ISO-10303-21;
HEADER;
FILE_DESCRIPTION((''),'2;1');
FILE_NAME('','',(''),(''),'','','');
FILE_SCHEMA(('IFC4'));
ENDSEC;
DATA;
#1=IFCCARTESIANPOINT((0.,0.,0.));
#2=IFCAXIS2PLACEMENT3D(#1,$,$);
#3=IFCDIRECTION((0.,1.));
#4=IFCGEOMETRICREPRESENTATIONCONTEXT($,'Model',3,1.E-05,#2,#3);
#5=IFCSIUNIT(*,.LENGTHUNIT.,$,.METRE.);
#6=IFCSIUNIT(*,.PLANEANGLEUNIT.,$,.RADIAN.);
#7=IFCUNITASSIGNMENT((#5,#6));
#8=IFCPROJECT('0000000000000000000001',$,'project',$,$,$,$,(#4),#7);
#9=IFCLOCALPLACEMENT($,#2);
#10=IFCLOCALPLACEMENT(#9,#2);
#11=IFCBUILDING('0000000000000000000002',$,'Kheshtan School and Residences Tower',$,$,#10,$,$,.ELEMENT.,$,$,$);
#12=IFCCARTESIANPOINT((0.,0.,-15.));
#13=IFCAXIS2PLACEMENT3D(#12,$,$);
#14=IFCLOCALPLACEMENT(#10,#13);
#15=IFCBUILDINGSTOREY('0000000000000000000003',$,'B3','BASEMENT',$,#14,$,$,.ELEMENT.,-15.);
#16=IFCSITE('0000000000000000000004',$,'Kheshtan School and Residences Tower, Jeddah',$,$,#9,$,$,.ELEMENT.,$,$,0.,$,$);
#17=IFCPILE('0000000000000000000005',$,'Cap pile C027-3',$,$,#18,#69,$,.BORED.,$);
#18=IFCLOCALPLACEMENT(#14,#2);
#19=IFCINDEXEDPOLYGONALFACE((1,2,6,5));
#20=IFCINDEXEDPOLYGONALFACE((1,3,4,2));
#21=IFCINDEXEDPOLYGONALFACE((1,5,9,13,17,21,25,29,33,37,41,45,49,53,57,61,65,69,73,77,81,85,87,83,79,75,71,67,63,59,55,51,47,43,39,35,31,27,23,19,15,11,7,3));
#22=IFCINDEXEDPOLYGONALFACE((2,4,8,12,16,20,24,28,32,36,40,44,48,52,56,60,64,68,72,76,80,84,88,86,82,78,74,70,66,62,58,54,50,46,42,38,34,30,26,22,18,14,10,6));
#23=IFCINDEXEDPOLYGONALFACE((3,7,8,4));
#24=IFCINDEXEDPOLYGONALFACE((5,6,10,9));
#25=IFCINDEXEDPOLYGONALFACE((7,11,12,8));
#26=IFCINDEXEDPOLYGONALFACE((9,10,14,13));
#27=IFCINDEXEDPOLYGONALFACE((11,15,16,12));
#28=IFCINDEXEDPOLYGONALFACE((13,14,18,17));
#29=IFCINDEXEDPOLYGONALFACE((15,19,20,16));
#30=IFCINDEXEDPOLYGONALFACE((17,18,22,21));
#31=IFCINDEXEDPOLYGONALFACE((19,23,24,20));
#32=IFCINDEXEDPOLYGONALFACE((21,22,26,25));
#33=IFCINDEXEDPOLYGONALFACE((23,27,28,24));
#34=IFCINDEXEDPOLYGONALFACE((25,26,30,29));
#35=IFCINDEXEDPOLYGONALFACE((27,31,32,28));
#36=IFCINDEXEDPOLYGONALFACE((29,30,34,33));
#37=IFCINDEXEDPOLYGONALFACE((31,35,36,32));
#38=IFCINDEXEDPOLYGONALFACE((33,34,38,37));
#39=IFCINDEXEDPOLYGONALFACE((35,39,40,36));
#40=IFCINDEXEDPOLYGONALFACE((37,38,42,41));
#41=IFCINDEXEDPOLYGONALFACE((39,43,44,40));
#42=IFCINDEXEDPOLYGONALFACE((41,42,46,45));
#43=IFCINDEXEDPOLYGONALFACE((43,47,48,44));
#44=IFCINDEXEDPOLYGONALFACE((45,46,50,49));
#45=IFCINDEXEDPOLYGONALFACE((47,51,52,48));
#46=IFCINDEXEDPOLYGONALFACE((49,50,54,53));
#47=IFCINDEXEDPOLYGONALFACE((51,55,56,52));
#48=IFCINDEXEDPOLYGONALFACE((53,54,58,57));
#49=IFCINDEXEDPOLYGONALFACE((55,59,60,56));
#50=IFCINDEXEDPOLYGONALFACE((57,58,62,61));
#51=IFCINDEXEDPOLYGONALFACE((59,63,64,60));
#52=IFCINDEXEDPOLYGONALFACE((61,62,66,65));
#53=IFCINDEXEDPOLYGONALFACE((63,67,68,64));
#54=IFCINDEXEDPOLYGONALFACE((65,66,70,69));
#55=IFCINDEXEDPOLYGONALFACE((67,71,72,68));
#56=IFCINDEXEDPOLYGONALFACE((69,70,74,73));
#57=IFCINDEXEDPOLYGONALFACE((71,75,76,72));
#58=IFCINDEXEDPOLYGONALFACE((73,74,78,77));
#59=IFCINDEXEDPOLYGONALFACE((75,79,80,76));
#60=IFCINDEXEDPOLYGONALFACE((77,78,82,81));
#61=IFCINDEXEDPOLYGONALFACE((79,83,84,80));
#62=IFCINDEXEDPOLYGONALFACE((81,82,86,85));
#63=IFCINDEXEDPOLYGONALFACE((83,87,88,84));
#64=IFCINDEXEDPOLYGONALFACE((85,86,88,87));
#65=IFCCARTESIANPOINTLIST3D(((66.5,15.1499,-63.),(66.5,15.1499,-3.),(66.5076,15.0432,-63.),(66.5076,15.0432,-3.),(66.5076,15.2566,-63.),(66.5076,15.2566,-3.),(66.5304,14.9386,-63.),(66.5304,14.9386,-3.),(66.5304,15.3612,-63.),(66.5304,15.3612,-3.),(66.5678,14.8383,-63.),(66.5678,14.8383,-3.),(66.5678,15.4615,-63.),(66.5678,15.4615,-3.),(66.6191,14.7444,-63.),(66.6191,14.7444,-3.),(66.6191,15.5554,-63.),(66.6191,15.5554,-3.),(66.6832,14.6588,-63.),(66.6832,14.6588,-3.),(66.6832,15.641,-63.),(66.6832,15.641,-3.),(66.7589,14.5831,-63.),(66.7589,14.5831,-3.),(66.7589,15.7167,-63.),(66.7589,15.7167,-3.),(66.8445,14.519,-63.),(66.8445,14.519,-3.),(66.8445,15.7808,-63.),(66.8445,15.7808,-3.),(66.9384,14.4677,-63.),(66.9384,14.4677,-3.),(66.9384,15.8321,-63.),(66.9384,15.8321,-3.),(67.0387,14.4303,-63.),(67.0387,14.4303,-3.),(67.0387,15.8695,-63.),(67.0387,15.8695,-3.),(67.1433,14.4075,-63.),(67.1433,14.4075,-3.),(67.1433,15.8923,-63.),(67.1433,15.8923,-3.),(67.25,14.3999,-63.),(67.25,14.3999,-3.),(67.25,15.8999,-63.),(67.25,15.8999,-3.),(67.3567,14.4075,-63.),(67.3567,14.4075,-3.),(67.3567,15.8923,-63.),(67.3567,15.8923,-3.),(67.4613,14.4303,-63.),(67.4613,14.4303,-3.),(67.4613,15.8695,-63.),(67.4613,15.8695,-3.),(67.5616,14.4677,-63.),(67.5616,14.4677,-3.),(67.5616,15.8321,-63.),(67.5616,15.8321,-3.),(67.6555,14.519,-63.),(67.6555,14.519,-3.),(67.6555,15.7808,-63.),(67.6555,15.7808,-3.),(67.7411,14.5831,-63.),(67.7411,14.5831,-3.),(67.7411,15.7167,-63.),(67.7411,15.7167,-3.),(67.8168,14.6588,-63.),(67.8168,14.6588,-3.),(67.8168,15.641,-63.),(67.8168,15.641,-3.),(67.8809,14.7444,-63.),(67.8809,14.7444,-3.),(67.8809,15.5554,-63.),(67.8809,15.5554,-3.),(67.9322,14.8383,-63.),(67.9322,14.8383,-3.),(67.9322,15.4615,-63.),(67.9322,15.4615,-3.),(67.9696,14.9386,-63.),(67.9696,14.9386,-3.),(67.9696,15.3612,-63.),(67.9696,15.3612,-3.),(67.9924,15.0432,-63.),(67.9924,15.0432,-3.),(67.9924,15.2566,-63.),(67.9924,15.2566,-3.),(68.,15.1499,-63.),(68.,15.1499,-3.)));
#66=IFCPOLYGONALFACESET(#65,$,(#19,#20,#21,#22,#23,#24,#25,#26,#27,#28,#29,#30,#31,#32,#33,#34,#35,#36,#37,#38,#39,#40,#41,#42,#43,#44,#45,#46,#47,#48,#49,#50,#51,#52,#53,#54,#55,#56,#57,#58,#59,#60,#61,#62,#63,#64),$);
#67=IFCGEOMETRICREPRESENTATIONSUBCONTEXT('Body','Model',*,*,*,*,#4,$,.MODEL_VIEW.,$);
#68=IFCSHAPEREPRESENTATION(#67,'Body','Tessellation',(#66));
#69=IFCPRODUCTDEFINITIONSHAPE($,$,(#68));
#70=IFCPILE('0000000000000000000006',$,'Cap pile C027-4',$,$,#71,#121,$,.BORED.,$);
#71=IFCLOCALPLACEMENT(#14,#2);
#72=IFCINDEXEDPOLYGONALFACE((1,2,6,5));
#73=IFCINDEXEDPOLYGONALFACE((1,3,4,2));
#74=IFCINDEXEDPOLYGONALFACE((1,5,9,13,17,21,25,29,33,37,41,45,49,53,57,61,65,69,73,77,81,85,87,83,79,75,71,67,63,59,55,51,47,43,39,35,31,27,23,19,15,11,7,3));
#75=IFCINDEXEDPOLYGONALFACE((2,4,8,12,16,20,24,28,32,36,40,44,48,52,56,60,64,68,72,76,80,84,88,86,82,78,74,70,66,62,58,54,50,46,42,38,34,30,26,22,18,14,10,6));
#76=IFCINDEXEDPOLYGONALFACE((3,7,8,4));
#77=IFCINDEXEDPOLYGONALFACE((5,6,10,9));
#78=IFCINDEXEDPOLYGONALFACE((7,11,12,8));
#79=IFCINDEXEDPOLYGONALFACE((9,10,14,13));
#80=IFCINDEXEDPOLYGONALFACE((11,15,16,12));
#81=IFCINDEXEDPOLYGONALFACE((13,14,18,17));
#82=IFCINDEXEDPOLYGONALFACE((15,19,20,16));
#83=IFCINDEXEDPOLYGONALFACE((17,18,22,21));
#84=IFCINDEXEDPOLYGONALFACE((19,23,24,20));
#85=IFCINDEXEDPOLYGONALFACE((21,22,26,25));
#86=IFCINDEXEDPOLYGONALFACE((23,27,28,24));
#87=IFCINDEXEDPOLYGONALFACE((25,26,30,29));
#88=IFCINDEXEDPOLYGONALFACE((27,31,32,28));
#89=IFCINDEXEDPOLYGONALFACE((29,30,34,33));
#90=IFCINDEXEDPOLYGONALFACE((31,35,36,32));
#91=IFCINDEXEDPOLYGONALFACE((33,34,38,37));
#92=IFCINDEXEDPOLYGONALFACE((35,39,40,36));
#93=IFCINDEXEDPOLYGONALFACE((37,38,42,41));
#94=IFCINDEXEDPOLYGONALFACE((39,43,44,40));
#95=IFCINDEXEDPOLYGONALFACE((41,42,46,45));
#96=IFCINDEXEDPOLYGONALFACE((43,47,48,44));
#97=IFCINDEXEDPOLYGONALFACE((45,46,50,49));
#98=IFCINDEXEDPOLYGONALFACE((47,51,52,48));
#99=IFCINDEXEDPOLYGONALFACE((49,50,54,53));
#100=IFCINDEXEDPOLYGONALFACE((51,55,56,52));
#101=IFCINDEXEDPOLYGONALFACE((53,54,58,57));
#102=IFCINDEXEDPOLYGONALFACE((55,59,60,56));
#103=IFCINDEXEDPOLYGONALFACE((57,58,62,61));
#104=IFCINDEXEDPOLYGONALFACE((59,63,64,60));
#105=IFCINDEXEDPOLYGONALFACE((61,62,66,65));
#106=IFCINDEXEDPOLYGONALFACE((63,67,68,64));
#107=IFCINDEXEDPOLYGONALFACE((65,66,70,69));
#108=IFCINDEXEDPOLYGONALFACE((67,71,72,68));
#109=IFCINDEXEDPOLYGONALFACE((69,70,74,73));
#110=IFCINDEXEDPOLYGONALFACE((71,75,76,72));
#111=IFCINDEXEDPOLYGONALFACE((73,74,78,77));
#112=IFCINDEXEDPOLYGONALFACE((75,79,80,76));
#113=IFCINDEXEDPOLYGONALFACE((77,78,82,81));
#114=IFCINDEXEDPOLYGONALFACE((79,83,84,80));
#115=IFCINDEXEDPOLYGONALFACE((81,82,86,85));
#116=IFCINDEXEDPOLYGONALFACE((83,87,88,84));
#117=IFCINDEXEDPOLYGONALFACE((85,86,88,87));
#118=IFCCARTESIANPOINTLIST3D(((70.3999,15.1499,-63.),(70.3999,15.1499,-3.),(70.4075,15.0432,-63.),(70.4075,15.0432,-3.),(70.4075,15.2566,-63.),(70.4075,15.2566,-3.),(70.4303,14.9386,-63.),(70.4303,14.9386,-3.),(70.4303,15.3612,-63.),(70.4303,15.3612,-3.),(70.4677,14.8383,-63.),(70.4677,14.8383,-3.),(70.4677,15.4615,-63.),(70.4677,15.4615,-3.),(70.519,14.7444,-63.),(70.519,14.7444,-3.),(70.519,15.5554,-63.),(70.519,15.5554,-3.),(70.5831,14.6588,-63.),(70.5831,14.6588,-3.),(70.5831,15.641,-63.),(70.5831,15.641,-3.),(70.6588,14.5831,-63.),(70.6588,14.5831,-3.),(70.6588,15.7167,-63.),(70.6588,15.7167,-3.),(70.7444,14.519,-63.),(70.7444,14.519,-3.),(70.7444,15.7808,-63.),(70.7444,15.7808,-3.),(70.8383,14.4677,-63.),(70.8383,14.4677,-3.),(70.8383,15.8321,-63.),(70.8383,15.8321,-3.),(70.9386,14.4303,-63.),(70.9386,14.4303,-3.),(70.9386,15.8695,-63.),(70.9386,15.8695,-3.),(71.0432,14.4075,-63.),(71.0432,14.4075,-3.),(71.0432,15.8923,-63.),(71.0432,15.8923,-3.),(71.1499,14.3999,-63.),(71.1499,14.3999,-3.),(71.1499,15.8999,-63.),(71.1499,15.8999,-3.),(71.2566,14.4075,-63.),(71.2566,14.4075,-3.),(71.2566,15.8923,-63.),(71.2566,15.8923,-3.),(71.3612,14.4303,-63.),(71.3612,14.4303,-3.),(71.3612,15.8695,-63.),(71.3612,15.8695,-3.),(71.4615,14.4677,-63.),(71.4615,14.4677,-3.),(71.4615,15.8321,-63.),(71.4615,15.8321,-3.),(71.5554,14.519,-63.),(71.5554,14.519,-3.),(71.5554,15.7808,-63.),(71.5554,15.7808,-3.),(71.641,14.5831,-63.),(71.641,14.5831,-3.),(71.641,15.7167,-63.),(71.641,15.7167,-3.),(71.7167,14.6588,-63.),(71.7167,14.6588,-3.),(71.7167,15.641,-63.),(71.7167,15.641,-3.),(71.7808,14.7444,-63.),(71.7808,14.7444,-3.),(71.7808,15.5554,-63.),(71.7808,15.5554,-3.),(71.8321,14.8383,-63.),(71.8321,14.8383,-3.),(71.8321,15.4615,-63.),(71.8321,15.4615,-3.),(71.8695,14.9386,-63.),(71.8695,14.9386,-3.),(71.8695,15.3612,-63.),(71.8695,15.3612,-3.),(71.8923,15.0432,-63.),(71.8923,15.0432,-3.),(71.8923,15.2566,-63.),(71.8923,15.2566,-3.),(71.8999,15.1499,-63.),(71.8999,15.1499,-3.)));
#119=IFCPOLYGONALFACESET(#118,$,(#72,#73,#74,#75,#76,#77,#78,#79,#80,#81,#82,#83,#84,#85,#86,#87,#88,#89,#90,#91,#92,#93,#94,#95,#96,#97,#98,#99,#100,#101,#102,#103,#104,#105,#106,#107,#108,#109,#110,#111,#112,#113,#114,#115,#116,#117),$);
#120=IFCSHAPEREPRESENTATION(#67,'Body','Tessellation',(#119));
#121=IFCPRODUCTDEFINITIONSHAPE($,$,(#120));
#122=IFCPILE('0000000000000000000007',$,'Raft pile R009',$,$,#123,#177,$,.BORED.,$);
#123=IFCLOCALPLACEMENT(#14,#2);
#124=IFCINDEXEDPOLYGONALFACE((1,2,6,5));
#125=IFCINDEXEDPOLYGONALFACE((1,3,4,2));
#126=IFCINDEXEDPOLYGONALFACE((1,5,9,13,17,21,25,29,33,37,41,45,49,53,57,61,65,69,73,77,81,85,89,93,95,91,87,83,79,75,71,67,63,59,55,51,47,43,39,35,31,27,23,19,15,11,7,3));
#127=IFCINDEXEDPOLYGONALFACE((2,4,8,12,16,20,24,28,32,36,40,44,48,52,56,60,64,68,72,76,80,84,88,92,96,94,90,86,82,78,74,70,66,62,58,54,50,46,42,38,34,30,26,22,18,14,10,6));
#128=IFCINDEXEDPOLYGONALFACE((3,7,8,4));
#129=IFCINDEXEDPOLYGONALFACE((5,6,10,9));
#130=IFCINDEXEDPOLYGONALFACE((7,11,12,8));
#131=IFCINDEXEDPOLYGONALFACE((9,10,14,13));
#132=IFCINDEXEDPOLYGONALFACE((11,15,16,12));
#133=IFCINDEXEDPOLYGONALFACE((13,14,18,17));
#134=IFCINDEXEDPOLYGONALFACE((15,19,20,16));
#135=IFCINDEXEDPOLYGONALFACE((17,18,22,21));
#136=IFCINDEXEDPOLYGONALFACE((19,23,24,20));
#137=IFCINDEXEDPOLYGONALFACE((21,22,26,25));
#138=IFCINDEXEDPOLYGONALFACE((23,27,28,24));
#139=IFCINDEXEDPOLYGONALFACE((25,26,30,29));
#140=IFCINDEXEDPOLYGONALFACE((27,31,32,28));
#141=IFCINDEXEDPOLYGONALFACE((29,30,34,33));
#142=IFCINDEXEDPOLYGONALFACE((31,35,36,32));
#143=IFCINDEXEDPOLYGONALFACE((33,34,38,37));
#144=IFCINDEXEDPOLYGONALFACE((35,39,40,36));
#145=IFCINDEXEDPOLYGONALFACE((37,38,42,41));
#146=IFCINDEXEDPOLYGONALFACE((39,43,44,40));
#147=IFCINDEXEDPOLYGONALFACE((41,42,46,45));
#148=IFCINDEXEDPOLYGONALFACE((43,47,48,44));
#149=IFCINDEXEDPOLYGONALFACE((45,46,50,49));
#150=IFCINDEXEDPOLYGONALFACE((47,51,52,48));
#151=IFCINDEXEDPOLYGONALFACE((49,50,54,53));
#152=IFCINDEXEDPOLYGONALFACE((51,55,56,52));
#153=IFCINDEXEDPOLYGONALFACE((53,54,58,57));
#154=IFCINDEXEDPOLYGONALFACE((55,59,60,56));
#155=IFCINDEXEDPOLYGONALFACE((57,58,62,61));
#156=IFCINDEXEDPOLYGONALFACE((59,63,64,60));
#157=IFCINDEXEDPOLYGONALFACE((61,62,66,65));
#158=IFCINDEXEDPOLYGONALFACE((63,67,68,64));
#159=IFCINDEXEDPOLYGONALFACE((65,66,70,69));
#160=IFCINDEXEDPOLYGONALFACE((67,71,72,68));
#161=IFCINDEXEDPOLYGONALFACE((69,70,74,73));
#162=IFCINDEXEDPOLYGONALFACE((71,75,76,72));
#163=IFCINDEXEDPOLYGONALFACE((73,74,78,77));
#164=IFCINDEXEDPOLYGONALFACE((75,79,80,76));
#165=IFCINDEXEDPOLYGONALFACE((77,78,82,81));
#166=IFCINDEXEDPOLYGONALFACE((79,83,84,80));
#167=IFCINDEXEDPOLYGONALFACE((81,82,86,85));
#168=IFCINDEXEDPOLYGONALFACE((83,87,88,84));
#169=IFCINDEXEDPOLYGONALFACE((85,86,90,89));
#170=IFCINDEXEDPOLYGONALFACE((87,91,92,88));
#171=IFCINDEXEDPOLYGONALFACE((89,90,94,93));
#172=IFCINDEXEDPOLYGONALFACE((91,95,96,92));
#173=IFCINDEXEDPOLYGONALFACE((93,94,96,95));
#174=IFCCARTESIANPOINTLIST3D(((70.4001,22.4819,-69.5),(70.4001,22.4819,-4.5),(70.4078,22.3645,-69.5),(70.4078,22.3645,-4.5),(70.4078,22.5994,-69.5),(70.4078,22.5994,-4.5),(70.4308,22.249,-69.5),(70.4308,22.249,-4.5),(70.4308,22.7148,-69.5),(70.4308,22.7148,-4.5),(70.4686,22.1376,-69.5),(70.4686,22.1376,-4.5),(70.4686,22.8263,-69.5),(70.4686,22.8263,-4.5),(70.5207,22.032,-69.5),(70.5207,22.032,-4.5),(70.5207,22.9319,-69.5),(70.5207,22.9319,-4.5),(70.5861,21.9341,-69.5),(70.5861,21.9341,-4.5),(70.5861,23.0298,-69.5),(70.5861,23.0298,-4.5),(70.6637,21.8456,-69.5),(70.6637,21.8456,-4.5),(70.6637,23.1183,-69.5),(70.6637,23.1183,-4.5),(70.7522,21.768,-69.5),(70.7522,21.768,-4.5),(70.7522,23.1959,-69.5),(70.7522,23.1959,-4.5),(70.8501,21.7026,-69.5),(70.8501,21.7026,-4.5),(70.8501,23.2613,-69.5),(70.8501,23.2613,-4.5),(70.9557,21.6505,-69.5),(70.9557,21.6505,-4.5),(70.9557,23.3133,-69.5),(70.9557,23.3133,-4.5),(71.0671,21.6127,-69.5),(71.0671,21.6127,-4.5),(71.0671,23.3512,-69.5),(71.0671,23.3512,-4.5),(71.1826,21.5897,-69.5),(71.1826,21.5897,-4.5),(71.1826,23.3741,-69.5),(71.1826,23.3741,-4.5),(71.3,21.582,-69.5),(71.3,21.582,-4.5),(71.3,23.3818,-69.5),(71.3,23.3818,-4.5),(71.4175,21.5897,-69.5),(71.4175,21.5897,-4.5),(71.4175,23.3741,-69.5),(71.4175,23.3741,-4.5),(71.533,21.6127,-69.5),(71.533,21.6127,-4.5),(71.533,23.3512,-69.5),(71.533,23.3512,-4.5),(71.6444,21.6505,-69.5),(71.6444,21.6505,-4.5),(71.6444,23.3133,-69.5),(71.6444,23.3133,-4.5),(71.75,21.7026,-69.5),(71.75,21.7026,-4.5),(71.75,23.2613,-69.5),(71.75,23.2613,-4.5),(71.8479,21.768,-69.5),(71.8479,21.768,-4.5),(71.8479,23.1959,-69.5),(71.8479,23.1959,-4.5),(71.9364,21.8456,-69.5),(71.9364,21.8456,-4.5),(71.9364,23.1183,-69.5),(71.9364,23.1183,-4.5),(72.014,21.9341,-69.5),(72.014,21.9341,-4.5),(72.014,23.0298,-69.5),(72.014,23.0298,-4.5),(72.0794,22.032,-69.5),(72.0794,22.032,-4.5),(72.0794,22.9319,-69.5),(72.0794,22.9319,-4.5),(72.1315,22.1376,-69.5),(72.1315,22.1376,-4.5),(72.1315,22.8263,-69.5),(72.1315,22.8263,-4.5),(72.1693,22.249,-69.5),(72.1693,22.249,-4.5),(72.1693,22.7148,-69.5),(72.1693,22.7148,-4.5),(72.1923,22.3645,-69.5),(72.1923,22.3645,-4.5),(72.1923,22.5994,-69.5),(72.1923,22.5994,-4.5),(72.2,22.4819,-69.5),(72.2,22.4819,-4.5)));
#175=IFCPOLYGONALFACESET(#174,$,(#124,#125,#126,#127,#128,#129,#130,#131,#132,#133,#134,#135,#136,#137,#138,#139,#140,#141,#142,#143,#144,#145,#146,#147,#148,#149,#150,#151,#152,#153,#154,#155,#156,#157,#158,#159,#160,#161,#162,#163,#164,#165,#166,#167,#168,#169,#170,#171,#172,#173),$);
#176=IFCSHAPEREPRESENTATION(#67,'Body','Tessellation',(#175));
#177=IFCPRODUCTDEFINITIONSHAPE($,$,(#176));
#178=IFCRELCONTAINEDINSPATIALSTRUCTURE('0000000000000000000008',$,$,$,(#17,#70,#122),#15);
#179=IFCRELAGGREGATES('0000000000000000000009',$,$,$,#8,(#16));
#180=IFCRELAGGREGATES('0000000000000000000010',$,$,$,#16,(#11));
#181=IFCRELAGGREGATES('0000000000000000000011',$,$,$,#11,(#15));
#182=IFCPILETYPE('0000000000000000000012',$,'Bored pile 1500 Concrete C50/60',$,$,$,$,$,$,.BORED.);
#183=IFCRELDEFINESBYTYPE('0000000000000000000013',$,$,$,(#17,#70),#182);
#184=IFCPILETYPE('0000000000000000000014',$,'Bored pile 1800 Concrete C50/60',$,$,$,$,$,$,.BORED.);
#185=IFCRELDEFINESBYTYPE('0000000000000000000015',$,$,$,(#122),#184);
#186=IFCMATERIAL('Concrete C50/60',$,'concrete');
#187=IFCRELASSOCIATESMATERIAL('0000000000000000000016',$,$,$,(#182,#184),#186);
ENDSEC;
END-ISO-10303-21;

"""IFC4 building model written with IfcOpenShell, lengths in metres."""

from ifc_helpers import new_model, si_unit, direction, frame, origin, origin_2d, place, context, subcontext, project, spatial, circle, extrude, material, material_profile, profile_set, type_object, element, save


model = new_model("IFC4")

# Units and contexts
model_context = context("Model", 3, precision=1e-05, world=origin(), true_north=direction((0.0, 1.0)))
body_context = subcontext(model_context, "Body", "Model", "MODEL_VIEW")
ifc_project = project(units=[si_unit("LENGTHUNIT", "METRE"), si_unit("PLANEANGLEUNIT", "RADIAN")], contexts=[model_context])

# Site, building, storey
site_placement = place(None, origin())
site = spatial("IfcSite", under=ifc_project, at=site_placement, Name="Kheshtan School and Residences Tower, Jeddah", CompositionType="ELEMENT", RefElevation=0.0)
building_placement = place(site_placement, origin())
building = spatial("IfcBuilding", under=site, at=building_placement, Name="Kheshtan School and Residences Tower", CompositionType="ELEMENT")
storey_placement = place(building_placement, frame((0.0, 0.0, -15.0)))
storey = spatial("IfcBuildingStorey", under=building, at=storey_placement, Name="B3", Description="BASEMENT", CompositionType="ELEMENT", Elevation=-15.0)

# Piles
ifc_material_1 = material(Name="Concrete C50/60", Category="concrete")
ifc_material_profile_1 = material_profile(ifc_material_1, circle(Radius=0.75, at=origin_2d()), Name="BP 1500")
ifc_profile_set_1 = profile_set([ifc_material_profile_1], Name="Concrete C50/60")
pile_type_1 = type_object("IfcPileType", Name="Bored pile 1500 Concrete C50/60", PredefinedType="BORED", material=ifc_profile_set_1)
for number, where, z_axis, x_axis, name in (
    (1, (67.25, 15.1499, -3.0), (0.0, 0.0, -1.0), (1.0, 0.0, 0.0), "Cap pile C027-3"),
    (2, (71.1499, 15.1499, -3.0), (0.0, 0.0, -1.0), (1.0, 0.0, 0.0), "Cap pile C027-4"),
):
    element("IfcPile", number, at=place(storey_placement, frame(where, z_axis=z_axis, x_axis=x_axis)), inside=storey, type_object=pile_type_1, Name=name, PredefinedType="BORED", context=body_context, shape_type="SweptSolid", body=[
        extrude(circle(Radius=0.75, at=origin_2d()), origin(), (0.0, 0.0, 1.0), 60.0),
    ])
ifc_material_profile_2 = material_profile(ifc_material_1, circle(Radius=0.8999, at=origin_2d()), Name="BP 1800")
ifc_profile_set_2 = profile_set([ifc_material_profile_2], Name="Concrete C50/60")
pile_type_2 = type_object("IfcPileType", Name="Bored pile 1800 Concrete C50/60", PredefinedType="BORED", material=ifc_profile_set_2)
for number, where, z_axis, x_axis, name in (
    (3, (71.3, 22.4819, -4.5), (0.0, 0.0, -1.0), (1.0, 0.0, 0.0), "Raft pile R009"),
):
    element("IfcPile", number, at=place(storey_placement, frame(where, z_axis=z_axis, x_axis=x_axis)), inside=storey, type_object=pile_type_2, Name=name, PredefinedType="BORED", context=body_context, shape_type="SweptSolid", body=[
        extrude(circle(Radius=0.8999, at=origin_2d()), origin(), (0.0, 0.0, 1.0), 65.0),
    ])

save(model, "model.ifc")
